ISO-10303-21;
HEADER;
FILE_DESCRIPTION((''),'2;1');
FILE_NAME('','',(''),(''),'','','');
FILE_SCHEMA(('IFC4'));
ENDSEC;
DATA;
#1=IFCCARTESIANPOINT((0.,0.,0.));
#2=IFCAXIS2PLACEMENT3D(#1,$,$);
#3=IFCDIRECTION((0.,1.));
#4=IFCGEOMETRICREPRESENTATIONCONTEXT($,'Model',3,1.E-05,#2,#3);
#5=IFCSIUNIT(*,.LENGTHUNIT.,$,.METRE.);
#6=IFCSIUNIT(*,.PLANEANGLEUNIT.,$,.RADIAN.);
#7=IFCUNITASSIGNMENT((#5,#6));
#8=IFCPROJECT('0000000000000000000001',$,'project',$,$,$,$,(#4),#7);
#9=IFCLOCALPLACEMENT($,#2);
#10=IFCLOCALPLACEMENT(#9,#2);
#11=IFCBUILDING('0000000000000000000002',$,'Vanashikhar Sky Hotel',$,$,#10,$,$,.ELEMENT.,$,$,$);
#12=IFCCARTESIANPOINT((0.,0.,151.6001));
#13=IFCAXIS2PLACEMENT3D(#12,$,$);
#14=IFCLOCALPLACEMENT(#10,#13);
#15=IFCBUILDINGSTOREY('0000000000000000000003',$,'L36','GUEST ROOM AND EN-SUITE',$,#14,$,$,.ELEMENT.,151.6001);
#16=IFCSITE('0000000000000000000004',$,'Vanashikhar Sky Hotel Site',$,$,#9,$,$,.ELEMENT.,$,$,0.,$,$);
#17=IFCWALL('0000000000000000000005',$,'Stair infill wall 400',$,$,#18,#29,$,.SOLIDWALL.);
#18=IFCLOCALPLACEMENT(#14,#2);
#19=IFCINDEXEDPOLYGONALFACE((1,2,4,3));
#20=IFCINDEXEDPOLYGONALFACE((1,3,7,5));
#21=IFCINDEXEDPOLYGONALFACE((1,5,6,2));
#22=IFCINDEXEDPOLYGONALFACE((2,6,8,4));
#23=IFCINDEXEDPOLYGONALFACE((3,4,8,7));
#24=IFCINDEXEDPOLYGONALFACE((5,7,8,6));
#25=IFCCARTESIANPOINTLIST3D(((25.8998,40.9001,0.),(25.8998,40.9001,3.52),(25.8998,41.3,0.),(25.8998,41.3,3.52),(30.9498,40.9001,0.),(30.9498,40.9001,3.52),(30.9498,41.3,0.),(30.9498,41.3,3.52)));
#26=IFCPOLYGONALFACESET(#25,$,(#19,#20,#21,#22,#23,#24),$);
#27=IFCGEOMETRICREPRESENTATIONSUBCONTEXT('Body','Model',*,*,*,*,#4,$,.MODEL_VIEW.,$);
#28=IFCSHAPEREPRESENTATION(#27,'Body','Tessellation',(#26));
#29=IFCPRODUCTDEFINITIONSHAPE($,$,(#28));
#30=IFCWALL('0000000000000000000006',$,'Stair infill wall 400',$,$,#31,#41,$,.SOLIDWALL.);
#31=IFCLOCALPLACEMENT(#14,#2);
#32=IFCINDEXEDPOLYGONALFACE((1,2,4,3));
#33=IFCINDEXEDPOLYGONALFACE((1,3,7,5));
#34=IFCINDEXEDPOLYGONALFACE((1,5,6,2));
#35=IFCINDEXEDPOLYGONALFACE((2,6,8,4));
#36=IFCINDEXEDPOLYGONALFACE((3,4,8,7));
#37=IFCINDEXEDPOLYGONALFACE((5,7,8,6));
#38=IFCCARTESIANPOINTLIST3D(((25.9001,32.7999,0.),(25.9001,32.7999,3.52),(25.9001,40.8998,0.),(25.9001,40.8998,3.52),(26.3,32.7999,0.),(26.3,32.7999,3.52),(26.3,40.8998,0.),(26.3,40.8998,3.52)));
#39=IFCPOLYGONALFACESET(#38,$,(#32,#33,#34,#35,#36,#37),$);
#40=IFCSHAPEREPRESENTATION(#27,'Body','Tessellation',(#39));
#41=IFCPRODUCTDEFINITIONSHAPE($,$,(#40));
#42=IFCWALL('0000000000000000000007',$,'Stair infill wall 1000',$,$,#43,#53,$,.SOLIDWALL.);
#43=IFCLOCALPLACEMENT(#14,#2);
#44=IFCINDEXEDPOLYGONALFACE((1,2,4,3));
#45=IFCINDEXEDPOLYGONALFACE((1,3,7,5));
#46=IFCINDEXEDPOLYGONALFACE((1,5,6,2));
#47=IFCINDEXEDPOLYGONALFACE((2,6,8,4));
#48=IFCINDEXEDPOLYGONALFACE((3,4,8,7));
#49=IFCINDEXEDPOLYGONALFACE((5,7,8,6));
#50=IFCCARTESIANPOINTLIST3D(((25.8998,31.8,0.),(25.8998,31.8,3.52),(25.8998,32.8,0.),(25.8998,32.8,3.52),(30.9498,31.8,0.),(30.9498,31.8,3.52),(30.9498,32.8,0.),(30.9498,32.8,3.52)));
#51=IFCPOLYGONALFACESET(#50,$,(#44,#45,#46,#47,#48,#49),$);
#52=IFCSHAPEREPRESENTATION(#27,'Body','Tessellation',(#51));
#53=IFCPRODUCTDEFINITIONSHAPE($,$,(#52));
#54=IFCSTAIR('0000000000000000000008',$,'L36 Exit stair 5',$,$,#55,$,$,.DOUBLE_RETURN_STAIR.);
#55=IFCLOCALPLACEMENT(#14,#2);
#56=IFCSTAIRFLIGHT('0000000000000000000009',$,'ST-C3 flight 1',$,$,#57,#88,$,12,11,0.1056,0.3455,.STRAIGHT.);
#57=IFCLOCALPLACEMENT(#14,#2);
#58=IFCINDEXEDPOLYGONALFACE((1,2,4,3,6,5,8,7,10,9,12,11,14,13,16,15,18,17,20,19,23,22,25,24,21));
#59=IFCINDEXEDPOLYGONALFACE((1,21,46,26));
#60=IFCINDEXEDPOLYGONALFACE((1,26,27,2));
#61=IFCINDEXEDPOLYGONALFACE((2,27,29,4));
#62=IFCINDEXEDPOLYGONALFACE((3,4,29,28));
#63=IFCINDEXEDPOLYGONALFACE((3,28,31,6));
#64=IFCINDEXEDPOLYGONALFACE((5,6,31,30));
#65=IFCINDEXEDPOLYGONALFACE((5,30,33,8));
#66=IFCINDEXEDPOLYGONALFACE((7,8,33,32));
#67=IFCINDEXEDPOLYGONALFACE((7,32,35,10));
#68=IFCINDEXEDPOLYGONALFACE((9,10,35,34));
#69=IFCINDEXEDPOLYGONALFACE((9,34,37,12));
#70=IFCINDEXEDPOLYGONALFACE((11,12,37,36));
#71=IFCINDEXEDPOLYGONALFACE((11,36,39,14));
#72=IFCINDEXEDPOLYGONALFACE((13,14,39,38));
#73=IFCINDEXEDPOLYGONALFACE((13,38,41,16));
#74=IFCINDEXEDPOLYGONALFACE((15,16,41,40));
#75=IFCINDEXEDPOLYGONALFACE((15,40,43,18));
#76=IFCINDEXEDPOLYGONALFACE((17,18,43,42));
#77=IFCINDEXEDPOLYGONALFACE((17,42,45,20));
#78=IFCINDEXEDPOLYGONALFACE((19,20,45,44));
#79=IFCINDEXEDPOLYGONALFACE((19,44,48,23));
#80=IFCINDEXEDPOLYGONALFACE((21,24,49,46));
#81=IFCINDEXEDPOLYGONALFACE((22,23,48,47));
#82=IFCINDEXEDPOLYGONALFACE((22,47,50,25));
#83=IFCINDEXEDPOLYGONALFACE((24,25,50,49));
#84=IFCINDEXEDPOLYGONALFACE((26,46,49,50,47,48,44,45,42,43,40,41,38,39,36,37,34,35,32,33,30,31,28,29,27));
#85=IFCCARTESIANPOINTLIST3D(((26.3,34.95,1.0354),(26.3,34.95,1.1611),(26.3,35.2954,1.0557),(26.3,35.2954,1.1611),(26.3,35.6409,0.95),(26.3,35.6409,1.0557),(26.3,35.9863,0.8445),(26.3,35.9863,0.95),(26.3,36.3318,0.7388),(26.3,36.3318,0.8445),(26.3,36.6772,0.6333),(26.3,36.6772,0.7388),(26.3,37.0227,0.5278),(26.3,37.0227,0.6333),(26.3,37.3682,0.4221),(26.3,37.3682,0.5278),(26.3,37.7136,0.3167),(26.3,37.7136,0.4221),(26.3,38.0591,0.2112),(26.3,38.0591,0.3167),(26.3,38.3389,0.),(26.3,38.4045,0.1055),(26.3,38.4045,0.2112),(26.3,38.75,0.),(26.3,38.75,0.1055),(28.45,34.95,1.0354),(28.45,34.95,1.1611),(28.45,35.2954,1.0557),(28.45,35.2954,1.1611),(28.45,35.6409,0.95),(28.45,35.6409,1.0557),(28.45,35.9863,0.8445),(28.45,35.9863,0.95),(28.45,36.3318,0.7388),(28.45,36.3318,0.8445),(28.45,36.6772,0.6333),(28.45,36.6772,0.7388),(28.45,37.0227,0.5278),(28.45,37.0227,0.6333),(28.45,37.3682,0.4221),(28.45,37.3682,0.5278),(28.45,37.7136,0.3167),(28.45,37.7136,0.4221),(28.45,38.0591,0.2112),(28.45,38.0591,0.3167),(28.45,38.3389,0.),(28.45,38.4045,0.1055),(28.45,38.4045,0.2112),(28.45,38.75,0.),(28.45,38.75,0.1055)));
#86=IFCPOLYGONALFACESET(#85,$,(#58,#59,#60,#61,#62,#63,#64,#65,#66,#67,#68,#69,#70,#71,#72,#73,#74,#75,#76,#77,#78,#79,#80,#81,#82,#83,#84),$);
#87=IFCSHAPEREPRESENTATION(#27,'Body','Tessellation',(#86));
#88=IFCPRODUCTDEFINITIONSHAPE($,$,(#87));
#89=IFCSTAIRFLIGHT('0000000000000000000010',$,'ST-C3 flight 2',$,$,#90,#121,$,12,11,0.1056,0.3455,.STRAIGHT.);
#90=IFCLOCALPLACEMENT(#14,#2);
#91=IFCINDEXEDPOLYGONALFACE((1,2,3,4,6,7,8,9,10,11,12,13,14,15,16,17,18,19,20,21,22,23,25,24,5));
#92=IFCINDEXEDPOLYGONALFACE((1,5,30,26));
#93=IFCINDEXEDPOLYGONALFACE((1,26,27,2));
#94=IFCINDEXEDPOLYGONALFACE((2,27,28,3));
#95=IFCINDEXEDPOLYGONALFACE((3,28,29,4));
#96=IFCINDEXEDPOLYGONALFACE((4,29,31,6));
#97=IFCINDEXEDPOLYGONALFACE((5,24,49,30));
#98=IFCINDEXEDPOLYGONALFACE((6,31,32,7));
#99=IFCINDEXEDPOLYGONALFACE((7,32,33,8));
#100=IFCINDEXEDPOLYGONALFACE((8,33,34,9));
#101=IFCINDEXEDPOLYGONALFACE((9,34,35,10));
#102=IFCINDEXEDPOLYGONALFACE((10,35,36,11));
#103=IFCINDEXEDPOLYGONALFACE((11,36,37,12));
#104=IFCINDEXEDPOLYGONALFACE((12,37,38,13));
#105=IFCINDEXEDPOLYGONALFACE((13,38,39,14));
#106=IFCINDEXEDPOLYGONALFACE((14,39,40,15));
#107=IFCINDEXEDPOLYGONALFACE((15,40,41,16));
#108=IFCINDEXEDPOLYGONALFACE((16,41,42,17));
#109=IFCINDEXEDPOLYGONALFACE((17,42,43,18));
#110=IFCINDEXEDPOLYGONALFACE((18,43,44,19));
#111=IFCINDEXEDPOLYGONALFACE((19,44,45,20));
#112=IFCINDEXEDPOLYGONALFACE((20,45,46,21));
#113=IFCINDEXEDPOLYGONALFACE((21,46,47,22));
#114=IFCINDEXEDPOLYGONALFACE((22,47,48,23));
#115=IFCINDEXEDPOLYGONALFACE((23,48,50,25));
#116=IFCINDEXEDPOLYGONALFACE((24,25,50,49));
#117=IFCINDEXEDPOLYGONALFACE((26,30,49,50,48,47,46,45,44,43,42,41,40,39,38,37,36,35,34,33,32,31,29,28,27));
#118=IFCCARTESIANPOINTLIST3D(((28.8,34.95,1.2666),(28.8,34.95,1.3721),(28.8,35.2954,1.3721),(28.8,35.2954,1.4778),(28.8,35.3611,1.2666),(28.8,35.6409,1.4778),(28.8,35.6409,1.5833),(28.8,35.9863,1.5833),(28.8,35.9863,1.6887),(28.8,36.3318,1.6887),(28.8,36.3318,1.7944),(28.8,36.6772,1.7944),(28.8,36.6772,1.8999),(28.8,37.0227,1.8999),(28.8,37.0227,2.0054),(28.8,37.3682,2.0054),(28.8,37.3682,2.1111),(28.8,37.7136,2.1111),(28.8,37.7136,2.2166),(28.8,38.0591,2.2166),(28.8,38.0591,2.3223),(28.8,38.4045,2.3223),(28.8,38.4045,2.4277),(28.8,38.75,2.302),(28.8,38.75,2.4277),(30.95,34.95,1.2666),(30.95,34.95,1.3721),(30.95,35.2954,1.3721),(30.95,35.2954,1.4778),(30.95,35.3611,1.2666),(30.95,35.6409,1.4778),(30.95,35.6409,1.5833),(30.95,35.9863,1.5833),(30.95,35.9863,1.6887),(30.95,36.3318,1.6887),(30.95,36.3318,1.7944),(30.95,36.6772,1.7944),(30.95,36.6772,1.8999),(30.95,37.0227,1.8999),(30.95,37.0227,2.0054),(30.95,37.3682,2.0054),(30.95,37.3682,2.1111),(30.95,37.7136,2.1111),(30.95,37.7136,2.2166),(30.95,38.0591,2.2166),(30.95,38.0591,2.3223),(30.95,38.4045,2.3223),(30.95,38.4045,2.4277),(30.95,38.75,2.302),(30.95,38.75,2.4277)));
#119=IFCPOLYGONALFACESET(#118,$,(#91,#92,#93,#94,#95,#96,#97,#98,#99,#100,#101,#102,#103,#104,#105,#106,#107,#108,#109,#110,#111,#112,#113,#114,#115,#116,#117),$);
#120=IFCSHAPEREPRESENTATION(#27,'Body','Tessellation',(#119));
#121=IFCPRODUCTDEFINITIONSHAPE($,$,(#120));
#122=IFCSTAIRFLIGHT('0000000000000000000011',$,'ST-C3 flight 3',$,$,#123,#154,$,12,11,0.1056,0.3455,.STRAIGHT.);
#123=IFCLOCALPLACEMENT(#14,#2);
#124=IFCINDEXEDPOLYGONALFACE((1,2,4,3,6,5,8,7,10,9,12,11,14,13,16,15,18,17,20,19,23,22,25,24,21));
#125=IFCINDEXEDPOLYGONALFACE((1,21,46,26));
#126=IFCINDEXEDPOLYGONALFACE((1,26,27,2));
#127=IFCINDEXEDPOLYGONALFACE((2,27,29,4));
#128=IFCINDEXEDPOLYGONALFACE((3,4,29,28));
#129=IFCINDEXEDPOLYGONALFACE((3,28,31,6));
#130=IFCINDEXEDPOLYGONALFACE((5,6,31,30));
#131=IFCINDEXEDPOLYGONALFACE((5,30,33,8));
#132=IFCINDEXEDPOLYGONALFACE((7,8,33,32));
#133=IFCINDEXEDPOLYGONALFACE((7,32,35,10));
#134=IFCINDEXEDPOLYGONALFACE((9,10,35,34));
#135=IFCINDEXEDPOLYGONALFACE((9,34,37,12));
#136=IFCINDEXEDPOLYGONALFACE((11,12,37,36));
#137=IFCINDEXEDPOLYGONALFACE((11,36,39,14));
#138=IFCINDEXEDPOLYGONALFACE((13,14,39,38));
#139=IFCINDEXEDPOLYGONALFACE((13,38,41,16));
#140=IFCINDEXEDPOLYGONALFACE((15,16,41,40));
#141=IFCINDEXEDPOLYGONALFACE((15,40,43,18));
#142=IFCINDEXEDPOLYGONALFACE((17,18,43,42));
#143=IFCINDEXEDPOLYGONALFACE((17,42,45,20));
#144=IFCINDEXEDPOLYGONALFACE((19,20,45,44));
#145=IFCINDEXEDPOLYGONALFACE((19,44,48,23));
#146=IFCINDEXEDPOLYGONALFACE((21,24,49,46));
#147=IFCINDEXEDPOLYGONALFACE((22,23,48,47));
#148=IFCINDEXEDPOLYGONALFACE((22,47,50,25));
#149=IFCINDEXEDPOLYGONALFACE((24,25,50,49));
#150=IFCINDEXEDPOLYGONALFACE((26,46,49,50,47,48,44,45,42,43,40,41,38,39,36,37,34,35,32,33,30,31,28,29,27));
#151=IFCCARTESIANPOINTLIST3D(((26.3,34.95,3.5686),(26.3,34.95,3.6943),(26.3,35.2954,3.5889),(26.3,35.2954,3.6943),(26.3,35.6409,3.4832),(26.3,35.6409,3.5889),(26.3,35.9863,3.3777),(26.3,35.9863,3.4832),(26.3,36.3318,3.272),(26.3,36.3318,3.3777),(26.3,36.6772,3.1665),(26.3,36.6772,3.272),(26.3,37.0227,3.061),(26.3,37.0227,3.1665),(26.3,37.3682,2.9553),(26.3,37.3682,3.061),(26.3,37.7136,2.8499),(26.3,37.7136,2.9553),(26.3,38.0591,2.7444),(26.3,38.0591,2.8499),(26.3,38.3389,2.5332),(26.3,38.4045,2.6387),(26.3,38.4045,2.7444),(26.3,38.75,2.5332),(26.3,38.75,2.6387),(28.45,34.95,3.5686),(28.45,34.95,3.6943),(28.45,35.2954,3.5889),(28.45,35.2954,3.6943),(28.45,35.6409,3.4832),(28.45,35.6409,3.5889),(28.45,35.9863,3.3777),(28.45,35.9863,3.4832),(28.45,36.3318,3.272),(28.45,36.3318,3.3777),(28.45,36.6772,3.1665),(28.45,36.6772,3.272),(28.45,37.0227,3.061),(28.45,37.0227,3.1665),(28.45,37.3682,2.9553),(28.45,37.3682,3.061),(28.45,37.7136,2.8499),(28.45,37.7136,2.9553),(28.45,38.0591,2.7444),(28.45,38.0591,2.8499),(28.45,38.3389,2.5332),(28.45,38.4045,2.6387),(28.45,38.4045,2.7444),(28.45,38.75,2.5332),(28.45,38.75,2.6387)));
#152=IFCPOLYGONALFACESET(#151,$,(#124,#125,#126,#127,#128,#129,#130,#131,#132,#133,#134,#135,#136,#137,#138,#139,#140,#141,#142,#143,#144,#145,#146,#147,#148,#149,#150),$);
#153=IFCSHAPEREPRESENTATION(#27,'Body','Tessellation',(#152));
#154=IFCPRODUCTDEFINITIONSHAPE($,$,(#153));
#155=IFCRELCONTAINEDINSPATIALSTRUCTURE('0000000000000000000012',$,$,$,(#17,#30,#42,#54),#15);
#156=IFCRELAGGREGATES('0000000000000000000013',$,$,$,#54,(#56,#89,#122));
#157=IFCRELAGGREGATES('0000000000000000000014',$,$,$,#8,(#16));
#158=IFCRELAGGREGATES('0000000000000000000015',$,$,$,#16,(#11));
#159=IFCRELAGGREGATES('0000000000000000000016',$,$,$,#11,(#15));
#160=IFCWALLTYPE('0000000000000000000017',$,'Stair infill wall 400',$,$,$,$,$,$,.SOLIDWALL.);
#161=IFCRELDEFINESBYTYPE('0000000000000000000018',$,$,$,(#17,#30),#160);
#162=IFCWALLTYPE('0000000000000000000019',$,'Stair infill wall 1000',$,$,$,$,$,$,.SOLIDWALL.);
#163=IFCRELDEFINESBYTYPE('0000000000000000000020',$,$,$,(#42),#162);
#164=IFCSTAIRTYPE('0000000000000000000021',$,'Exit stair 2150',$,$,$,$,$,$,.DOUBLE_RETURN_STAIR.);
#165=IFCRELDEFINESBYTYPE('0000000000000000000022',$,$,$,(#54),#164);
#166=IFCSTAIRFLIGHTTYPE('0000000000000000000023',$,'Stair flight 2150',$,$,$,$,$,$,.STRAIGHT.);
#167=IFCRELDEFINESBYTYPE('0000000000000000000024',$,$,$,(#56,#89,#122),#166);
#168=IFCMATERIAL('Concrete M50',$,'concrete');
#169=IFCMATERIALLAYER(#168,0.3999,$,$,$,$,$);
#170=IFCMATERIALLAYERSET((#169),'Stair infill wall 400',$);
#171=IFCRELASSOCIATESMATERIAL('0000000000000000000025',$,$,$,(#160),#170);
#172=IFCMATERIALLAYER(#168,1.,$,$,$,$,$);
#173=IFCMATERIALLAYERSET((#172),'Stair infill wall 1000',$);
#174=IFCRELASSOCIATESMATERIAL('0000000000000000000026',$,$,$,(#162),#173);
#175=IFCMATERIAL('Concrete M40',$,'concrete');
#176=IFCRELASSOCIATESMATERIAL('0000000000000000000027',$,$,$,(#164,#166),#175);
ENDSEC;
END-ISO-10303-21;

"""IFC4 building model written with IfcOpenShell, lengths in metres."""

from ifc_helpers import new_model, si_unit, direction, frame, frame_2d, origin, place, context, subcontext, project, spatial, polyline, rectangle, outline, extrude, source, transform, mapped, material, layer, layer_set, type_object, element, aggregate, save


model = new_model("IFC4")

# Units and contexts
model_context = context("Model", 3, precision=1e-05, world=origin(), true_north=direction((0.0, 1.0)))
body_context = subcontext(model_context, "Body", "Model", "MODEL_VIEW")
ifc_project = project(units=[si_unit("LENGTHUNIT", "METRE"), si_unit("PLANEANGLEUNIT", "RADIAN")], contexts=[model_context])

# Site, building, storey
site_placement = place(None, origin())
site = spatial("IfcSite", under=ifc_project, at=site_placement, Name="Vanashikhar Sky Hotel Site", CompositionType="ELEMENT", RefElevation=0.0)
building_placement = place(site_placement, origin())
building = spatial("IfcBuilding", under=site, at=building_placement, Name="Vanashikhar Sky Hotel", CompositionType="ELEMENT")
storey_placement = place(building_placement, frame((0.0, 0.0, 151.6001)))
storey = spatial("IfcBuildingStorey", under=building, at=storey_placement, Name="L36", Description="GUEST ROOM AND EN-SUITE", CompositionType="ELEMENT", Elevation=151.6001)

# Shared definitions
ifc_material_1 = material(Name="Concrete M50", Category="concrete")

# Shared definitions
ifc_material_2 = material(Name="Concrete M40", Category="concrete")

# Walls
ifc_layer_1 = layer(ifc_material_1, 0.3999)
ifc_layer_set_1 = layer_set([ifc_layer_1], Name="Stair infill wall 400")
wall_type_1 = type_object("IfcWallType", Name="Stair infill wall 400", PredefinedType="SOLIDWALL", material=ifc_layer_set_1)
shared_shape_1 = source(origin(), body_context, "Body", "SweptSolid", [
    extrude(rectangle(XDim=5.05, YDim=0.3999, at=frame_2d((2.5249, 0.0))), origin(), (0.0, 0.0, 1.0), 3.52),
])
wall_1_placement = place(storey_placement, frame((25.8999, 41.1001, 0.0), z_axis=(0.0, 0.0, 1.0), x_axis=(1.0, 0.0, 0.0)))
element("IfcWall", 1, at=wall_1_placement, inside=storey, type_object=wall_type_1, Name="Stair infill wall 400", PredefinedType="SOLIDWALL", context=body_context, shape_type="MappedRepresentation", body=[
    mapped(shared_shape_1, transform((0.0, 0.0, 0.0), scale=1.0)),
])
shared_shape_2 = source(origin(), body_context, "Body", "SweptSolid", [
    extrude(rectangle(XDim=8.0999, YDim=0.3999, at=frame_2d((4.0498, 0.0))), origin(), (0.0, 0.0, 1.0), 3.52),
])
wall_2_placement = place(storey_placement, frame((26.1001, 32.8, 0.0), z_axis=(0.0, 0.0, 1.0), x_axis=(0.0, 1.0, 0.0)))
element("IfcWall", 2, at=wall_2_placement, inside=storey, type_object=wall_type_1, Name="Stair infill wall 400", PredefinedType="SOLIDWALL", context=body_context, shape_type="MappedRepresentation", body=[
    mapped(shared_shape_2, transform((0.0, 0.0, 0.0), scale=1.0)),
])
ifc_layer_2 = layer(ifc_material_1, 1.0)
ifc_layer_set_2 = layer_set([ifc_layer_2], Name="Stair infill wall 1000")
wall_type_2 = type_object("IfcWallType", Name="Stair infill wall 1000", PredefinedType="SOLIDWALL", material=ifc_layer_set_2)
shared_shape_3 = source(origin(), body_context, "Body", "SweptSolid", [
    extrude(rectangle(XDim=5.05, YDim=1.0, at=frame_2d((2.5249, 0.0))), origin(), (0.0, 0.0, 1.0), 3.52),
])
wall_3_placement = place(storey_placement, frame((25.8999, 32.3, 0.0), z_axis=(0.0, 0.0, 1.0), x_axis=(1.0, 0.0, 0.0)))
element("IfcWall", 3, at=wall_3_placement, inside=storey, type_object=wall_type_2, Name="Stair infill wall 1000", PredefinedType="SOLIDWALL", context=body_context, shape_type="MappedRepresentation", body=[
    mapped(shared_shape_3, transform((0.0, 0.0, 0.0), scale=1.0)),
])

# Stair, stair flights
stair_type = type_object("IfcStairType", Name="Exit stair 2150", PredefinedType="DOUBLE_RETURN_STAIR", material=ifc_material_2)
stair_placement = place(storey_placement, origin())
stair = element("IfcStair", 4, at=stair_placement, inside=storey, type_object=stair_type, Name="L36 Exit stair 5", PredefinedType="DOUBLE_RETURN_STAIR")
stair_flight_type = type_object("IfcStairFlightType", Name="Stair flight 2150", PredefinedType="STRAIGHT", material=ifc_material_2)
shared_shape_4 = source(origin(), body_context, "Body", "SweptSolid", [
    extrude(outline(polyline([(0.0, 0.0), (0.0, 0.1055), (0.3455, 0.1055), (0.3455, 0.2112), (0.6909, 0.2112), (0.6909, 0.3167), (1.0364, 0.3167), (1.0364, 0.4221), (1.3818, 0.4221), (1.3818, 0.5278), (1.7273, 0.5278), (1.7273, 0.6333), (2.0728, 0.6333), (2.0728, 0.7388), (2.4182, 0.7388), (2.4182, 0.8445), (2.7637, 0.8445), (2.7637, 0.95), (3.1091, 0.95), (3.1091, 1.0557), (3.4546, 1.0557), (3.4546, 1.1611), (3.8, 1.1611), (3.8, 1.2666), (3.8, 1.0354), (0.4111, 0.0), (0.0, 0.0)])), frame((0.0, 1.075, 0.0), z_axis=(0.0, -1.0, 0.0), x_axis=(1.0, 0.0, 0.0)), (0.0, 0.0, 1.0), 2.1499),
])
stair_flight_1_placement = place(storey_placement, frame((27.375, 38.75, 0.0), z_axis=(0.0, 0.0, 1.0), x_axis=(0.0, -1.0, 0.0)))
stair_flight_1 = element("IfcStairFlight", 5, at=stair_flight_1_placement, type_object=stair_flight_type, Name="ST-C3 flight 1", NumberOfRisers=12, NumberOfTreads=11, PredefinedType="STRAIGHT", RiserHeight=0.1056, TreadLength=0.3455, context=body_context, shape_type="MappedRepresentation", body=[
    mapped(shared_shape_4, transform((0.0, 0.0, 0.0), scale=1.0)),
])
stair_flight_2_placement = place(storey_placement, frame((29.875, 34.95, 1.2666), z_axis=(0.0, 0.0, 1.0), x_axis=(0.0, 1.0, 0.0)))
stair_flight_2 = element("IfcStairFlight", 6, at=stair_flight_2_placement, type_object=stair_flight_type, Name="ST-C3 flight 2", NumberOfRisers=12, NumberOfTreads=11, PredefinedType="STRAIGHT", RiserHeight=0.1056, TreadLength=0.3455, context=body_context, shape_type="MappedRepresentation", body=[
    mapped(shared_shape_4, transform((0.0, 0.0, 0.0), scale=1.0)),
])
stair_flight_3_placement = place(storey_placement, frame((27.375, 38.75, 2.5332), z_axis=(0.0, 0.0, 1.0), x_axis=(0.0, -1.0, 0.0)))
stair_flight_3 = element("IfcStairFlight", 7, at=stair_flight_3_placement, type_object=stair_flight_type, Name="ST-C3 flight 3", NumberOfRisers=12, NumberOfTreads=11, PredefinedType="STRAIGHT", RiserHeight=0.1056, TreadLength=0.3455, context=body_context, shape_type="MappedRepresentation", body=[
    mapped(shared_shape_4, transform((0.0, 0.0, 0.0), scale=1.0)),
])
aggregate(stair, [stair_flight_1, stair_flight_2, stair_flight_3])

save(model, "model.ifc")
